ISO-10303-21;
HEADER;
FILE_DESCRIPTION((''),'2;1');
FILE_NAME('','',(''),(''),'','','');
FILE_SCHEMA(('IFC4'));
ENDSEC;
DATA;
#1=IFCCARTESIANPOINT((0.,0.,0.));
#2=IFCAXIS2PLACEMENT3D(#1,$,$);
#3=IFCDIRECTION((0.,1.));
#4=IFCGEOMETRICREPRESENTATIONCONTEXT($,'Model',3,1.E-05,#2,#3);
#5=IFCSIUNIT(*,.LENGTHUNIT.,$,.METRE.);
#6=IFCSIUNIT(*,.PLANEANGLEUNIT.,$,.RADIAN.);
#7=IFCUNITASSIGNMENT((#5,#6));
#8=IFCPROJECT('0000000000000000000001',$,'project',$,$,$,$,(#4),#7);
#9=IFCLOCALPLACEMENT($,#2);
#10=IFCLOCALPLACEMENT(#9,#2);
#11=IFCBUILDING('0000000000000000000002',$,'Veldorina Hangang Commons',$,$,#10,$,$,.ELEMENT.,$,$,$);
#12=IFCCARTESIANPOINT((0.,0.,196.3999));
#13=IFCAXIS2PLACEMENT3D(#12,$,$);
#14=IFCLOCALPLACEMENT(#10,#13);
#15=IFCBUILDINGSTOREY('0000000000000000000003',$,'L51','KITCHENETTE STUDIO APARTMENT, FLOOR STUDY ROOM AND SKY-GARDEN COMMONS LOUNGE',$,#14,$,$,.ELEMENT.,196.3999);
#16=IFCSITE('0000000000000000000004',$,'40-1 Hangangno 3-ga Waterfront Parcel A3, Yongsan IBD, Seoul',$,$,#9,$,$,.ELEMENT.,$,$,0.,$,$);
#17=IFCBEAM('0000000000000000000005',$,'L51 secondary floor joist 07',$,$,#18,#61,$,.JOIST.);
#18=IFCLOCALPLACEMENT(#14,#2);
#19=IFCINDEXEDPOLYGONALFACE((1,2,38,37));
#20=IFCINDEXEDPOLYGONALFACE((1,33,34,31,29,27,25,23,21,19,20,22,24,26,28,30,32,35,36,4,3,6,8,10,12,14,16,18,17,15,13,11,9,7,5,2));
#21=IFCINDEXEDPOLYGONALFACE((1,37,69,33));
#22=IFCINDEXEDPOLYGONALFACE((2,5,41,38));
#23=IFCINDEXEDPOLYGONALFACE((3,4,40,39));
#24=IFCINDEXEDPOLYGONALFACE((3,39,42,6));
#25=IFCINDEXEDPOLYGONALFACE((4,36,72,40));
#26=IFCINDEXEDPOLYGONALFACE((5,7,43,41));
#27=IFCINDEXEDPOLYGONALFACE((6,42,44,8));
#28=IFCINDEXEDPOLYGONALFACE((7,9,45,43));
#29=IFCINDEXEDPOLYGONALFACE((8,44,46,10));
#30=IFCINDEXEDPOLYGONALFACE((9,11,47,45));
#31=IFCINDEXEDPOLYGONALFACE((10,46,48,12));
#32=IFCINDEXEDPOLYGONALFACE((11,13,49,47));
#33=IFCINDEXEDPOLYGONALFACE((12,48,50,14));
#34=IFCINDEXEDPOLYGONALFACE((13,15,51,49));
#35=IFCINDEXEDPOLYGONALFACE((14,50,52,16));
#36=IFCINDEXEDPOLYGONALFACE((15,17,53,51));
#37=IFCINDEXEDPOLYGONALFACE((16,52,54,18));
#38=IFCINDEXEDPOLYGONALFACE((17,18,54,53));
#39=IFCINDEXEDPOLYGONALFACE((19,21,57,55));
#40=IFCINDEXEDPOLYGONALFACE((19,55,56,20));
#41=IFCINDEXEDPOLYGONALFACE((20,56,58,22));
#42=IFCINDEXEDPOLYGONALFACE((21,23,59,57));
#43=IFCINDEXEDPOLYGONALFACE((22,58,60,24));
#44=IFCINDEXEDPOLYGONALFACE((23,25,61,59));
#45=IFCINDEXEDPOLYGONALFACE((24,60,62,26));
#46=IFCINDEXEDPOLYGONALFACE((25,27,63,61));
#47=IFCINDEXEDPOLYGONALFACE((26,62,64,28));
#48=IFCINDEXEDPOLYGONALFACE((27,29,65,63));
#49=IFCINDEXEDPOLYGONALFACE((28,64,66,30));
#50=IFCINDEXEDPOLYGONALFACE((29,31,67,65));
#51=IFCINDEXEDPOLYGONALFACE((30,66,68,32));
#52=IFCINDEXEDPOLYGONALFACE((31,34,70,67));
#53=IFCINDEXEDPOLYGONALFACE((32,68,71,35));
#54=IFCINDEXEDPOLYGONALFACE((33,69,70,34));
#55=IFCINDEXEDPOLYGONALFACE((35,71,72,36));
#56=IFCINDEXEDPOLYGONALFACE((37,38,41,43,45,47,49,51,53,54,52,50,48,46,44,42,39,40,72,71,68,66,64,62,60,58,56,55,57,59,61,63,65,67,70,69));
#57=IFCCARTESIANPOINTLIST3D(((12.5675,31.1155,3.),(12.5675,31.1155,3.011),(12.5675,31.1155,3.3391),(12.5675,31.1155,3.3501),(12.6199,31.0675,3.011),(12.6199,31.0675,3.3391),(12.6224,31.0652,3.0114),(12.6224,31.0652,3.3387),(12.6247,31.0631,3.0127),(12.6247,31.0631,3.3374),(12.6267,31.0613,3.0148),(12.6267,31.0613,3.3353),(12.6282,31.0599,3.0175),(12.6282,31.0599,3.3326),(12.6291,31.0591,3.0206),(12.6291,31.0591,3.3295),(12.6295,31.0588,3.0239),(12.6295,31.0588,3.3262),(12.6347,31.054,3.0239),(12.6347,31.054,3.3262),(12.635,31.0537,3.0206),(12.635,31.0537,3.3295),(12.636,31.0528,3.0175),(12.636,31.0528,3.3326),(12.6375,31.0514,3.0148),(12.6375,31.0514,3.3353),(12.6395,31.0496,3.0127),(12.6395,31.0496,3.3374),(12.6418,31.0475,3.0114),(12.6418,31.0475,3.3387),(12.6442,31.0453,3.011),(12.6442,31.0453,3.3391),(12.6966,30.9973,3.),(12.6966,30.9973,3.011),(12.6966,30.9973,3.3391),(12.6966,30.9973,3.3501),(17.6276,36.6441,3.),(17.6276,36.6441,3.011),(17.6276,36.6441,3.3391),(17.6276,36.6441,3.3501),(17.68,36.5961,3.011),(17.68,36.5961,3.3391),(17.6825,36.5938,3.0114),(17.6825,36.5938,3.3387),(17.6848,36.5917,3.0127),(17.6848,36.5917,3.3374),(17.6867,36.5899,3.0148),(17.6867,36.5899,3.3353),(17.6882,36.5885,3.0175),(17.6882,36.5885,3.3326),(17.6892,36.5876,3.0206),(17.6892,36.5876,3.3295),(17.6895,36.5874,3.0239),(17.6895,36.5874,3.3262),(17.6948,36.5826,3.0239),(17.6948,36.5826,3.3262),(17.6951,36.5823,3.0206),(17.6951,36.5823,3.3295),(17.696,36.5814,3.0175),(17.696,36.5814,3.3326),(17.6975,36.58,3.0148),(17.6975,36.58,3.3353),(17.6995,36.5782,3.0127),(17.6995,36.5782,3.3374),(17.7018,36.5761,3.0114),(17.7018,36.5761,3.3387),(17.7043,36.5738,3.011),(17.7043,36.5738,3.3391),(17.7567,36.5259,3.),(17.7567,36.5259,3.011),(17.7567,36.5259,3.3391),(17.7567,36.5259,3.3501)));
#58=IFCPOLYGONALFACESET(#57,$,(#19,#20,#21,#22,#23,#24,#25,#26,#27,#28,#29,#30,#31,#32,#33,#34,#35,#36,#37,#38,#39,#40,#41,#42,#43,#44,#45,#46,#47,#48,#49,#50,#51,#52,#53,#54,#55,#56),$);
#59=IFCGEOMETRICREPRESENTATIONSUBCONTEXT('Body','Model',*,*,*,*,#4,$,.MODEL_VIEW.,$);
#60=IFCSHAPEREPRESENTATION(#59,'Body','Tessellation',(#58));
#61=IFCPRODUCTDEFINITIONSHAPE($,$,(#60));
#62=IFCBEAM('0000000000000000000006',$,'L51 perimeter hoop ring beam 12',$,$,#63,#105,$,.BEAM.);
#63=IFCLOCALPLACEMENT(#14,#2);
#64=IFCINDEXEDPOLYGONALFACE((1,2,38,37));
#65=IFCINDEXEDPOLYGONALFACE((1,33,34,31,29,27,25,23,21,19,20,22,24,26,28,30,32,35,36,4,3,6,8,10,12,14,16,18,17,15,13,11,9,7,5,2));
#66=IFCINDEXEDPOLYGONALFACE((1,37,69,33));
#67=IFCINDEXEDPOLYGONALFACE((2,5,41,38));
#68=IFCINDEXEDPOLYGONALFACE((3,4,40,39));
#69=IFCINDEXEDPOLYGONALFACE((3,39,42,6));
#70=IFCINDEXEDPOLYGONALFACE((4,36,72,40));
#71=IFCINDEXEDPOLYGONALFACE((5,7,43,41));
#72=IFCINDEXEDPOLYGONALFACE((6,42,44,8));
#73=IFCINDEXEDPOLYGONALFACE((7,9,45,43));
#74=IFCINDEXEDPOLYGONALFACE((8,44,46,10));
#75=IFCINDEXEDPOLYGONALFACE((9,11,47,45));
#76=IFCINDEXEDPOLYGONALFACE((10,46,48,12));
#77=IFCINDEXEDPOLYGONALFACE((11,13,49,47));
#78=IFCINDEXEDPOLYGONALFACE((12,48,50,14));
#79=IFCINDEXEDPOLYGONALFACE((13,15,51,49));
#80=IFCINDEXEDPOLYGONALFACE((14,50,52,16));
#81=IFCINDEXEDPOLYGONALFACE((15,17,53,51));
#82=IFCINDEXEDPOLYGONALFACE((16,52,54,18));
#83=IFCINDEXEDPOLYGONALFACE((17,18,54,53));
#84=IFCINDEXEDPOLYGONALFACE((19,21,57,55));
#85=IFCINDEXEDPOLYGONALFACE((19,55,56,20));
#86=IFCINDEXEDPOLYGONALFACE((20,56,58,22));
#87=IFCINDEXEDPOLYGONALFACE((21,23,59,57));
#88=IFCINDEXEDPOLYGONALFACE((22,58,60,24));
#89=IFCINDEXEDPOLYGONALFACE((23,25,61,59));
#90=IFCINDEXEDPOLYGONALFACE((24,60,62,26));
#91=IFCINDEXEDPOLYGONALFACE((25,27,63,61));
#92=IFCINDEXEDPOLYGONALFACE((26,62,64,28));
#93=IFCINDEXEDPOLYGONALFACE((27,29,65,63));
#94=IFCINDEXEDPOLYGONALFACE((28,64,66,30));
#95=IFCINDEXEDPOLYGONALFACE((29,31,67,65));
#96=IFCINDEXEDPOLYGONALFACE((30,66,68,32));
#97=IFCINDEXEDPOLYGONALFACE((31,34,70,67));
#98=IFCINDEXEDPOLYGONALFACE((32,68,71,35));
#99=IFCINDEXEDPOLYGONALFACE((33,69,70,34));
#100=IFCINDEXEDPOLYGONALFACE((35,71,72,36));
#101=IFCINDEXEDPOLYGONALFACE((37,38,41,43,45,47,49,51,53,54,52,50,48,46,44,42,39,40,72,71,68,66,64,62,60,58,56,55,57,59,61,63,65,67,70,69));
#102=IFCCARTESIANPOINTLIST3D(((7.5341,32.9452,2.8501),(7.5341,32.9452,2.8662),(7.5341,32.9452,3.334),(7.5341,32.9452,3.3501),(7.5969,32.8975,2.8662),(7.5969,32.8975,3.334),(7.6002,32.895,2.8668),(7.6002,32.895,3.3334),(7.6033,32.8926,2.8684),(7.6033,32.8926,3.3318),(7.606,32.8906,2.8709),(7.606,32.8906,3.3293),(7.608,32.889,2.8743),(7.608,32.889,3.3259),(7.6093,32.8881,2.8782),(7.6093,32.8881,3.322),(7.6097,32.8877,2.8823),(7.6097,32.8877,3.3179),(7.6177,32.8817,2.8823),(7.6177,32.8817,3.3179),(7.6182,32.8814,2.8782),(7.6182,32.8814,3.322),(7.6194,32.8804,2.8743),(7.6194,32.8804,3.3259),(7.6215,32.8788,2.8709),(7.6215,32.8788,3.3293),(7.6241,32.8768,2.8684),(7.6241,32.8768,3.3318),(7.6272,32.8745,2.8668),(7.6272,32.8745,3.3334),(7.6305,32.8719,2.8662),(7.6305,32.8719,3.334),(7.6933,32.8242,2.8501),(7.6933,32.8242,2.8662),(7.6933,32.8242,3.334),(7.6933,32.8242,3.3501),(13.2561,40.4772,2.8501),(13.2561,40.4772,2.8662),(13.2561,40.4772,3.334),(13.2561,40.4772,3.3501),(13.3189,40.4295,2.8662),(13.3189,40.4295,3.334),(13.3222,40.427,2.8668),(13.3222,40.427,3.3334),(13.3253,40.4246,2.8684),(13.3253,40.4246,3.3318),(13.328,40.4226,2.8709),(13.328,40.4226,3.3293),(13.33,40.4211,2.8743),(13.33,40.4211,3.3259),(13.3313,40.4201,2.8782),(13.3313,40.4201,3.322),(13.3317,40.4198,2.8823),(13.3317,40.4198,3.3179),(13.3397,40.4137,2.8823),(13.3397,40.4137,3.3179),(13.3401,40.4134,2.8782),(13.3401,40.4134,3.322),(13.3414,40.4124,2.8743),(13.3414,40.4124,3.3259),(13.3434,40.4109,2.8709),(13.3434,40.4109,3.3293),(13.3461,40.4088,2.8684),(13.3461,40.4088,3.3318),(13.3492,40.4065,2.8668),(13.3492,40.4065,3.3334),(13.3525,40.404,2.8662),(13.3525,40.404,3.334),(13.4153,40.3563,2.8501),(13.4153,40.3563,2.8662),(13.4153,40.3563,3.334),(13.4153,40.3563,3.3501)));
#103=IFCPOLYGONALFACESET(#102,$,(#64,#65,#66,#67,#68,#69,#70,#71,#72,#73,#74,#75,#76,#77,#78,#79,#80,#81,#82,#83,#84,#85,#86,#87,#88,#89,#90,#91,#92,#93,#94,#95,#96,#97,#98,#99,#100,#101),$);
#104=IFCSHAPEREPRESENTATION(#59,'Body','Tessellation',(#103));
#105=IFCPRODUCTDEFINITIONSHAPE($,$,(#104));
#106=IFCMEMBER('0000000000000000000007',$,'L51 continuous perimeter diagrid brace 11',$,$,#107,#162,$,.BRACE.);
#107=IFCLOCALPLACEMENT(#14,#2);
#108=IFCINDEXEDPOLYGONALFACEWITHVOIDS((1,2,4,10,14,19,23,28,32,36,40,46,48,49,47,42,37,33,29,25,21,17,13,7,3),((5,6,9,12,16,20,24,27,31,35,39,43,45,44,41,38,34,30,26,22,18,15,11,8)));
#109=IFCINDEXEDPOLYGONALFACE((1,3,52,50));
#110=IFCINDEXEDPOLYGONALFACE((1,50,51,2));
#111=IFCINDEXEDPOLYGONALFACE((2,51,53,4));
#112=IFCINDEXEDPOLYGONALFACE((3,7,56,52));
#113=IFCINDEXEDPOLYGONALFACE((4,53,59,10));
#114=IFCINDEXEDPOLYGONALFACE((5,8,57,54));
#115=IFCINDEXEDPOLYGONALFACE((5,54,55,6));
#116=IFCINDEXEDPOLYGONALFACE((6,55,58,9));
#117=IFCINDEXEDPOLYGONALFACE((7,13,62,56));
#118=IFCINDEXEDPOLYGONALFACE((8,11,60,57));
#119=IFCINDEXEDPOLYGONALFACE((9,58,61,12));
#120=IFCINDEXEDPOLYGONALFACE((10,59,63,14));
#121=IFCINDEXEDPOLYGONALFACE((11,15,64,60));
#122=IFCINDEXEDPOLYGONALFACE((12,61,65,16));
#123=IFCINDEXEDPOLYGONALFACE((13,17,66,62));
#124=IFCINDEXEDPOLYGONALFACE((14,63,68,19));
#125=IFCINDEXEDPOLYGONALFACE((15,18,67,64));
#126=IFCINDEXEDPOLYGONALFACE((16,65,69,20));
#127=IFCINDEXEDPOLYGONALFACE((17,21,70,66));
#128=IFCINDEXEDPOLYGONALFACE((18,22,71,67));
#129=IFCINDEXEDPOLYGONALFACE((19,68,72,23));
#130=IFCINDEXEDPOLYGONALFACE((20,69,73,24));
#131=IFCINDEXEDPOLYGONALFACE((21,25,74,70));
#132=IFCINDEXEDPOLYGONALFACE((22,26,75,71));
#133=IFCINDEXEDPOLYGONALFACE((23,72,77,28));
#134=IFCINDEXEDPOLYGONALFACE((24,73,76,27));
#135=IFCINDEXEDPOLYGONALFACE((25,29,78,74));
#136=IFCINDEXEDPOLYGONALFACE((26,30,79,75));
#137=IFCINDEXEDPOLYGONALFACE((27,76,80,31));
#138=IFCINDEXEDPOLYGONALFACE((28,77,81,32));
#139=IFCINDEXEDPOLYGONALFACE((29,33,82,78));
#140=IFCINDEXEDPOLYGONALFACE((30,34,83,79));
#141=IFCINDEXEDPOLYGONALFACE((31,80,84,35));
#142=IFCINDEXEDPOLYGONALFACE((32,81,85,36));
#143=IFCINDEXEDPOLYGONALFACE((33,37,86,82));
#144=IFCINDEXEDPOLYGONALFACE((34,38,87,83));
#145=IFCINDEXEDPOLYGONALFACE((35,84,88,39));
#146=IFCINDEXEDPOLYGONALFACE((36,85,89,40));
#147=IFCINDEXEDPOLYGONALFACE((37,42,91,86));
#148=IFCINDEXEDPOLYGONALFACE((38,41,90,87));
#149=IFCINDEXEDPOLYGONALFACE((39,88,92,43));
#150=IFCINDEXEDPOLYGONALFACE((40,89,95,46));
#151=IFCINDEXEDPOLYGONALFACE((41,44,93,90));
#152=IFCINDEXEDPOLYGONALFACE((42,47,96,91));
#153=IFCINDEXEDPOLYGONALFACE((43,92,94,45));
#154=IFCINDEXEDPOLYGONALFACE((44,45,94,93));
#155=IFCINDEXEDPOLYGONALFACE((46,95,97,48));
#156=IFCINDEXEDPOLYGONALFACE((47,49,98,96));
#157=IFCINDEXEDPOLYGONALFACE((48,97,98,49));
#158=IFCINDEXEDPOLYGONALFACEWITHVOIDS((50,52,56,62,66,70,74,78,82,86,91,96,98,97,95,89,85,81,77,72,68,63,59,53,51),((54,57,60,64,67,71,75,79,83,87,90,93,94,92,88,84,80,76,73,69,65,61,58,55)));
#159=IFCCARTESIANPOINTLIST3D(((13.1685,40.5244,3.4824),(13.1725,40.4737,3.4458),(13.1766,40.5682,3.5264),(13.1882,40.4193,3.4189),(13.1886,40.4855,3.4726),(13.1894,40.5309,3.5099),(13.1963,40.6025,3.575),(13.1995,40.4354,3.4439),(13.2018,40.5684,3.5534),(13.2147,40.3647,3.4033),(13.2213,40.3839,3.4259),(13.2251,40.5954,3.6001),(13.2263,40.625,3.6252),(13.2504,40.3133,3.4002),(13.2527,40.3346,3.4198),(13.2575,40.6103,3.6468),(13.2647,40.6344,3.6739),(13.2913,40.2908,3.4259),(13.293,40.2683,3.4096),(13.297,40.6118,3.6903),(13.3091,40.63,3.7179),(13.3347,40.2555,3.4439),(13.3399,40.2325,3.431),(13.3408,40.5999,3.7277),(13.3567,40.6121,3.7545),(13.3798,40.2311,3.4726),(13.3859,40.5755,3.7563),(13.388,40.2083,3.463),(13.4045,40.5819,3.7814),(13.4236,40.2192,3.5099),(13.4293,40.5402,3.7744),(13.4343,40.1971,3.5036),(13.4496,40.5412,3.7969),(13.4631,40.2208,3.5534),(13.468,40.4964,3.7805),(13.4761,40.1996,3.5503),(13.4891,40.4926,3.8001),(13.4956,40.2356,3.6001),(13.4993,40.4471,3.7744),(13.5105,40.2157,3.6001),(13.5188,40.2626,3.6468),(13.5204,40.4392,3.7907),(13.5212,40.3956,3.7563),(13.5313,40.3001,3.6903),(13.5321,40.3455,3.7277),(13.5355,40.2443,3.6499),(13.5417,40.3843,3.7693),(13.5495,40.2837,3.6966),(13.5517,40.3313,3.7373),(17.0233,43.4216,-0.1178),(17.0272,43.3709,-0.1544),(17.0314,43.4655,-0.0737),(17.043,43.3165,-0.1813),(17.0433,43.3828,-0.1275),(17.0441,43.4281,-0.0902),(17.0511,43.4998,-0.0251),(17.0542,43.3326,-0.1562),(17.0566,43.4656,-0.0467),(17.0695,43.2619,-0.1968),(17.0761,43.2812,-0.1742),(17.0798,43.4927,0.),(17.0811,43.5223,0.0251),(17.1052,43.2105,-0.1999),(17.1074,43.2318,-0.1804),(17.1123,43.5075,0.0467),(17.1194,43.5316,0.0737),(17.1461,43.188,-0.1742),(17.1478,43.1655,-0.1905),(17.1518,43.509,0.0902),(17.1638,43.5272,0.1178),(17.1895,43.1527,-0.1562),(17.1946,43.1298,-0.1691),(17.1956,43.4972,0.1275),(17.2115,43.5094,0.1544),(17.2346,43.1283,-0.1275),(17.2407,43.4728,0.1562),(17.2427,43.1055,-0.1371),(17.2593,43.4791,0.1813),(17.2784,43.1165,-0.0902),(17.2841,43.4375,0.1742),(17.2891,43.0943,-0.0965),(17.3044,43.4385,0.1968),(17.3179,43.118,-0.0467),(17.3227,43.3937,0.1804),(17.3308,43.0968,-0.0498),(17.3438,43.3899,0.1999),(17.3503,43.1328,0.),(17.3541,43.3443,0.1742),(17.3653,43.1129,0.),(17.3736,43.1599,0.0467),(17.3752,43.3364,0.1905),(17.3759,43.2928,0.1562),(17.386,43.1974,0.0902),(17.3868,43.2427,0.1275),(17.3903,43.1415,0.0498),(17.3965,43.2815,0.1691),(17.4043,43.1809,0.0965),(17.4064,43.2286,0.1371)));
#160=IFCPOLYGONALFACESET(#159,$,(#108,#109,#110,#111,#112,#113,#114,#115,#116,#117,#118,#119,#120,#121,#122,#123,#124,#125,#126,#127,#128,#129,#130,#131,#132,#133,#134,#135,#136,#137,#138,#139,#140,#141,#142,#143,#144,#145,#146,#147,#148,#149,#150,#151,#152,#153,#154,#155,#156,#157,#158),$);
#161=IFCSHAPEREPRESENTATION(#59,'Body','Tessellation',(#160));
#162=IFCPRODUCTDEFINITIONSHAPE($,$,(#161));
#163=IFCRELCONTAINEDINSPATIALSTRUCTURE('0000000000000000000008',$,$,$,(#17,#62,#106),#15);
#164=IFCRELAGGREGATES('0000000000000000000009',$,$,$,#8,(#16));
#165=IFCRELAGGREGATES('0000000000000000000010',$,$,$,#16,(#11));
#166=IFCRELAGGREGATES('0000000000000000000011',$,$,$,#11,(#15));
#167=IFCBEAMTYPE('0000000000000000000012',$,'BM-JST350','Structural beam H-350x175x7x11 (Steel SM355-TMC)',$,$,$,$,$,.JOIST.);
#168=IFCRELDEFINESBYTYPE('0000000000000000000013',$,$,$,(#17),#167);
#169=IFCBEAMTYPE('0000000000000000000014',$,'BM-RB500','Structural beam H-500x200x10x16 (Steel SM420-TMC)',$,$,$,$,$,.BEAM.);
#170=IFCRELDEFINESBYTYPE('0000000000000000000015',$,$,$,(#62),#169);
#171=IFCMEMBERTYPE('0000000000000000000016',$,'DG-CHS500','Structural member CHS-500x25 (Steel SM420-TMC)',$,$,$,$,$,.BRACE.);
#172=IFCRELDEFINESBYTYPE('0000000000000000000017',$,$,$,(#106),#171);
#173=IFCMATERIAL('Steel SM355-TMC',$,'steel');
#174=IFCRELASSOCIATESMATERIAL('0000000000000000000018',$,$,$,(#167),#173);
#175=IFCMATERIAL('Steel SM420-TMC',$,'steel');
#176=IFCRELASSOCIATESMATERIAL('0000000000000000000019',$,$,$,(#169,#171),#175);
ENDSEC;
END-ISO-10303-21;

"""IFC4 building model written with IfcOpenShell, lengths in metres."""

from ifc_helpers import new_model, si_unit, direction, frame, origin, origin_2d, place, context, subcontext, project, spatial, hollow_circle, i_section, extrude, material, material_profile, profile_set, type_object, element, save


model = new_model("IFC4")

# Units and contexts
model_context = context("Model", 3, precision=1e-05, world=origin(), true_north=direction((0.0, 1.0)))
body_context = subcontext(model_context, "Body", "Model", "MODEL_VIEW")
ifc_project = project(units=[si_unit("LENGTHUNIT", "METRE"), si_unit("PLANEANGLEUNIT", "RADIAN")], contexts=[model_context])

# Site, building, storey
site_placement = place(None, origin())
site = spatial("IfcSite", under=ifc_project, at=site_placement, Name="40-1 Hangangno 3-ga Waterfront Parcel A3, Yongsan IBD, Seoul", CompositionType="ELEMENT", RefElevation=0.0)
building_placement = place(site_placement, origin())
building = spatial("IfcBuilding", under=site, at=building_placement, Name="Veldorina Hangang Commons", CompositionType="ELEMENT")
storey_placement = place(building_placement, frame((0.0, 0.0, 196.3999)))
storey = spatial("IfcBuildingStorey", under=building, at=storey_placement, Name="L51", Description="KITCHENETTE STUDIO APARTMENT, FLOOR STUDY ROOM AND SKY-GARDEN COMMONS LOUNGE", CompositionType="ELEMENT", Elevation=196.3999)

# Beams
ifc_material_1 = material(Name="Steel SM355-TMC", Category="steel")
ifc_material_profile_1 = material_profile(ifc_material_1, i_section(OverallWidth=0.175, OverallDepth=0.3501, WebThickness=0.0071, FlangeThickness=0.011, FilletRadius=0.0129, at=origin_2d()), Name="H-350x175x7x11")
ifc_profile_set_1 = profile_set([ifc_material_profile_1], Name="Steel SM355-TMC")
beam_type_1 = type_object("IfcBeamType", Name="BM-JST350", Description="Structural beam H-350x175x7x11 (Steel SM355-TMC)", PredefinedType="JOIST", material=ifc_profile_set_1)
beam_1_placement = place(storey_placement, frame((17.6921, 36.585, 3.175), z_axis=(-0.675159, -0.737672, 0.0), x_axis=(0.737672, -0.675159, 0.0)))
element("IfcBeam", 1, at=beam_1_placement, inside=storey, type_object=beam_type_1, Name="L51 secondary floor joist 07", PredefinedType="JOIST", context=body_context, shape_type="SweptSolid", body=[
    extrude(i_section(OverallWidth=0.175, OverallDepth=0.3501, WebThickness=0.0071, FlangeThickness=0.011, FilletRadius=0.0129, at=origin_2d()), origin(), (0.0, 0.0, 1.0), 7.4946),
])
ifc_material_2 = material(Name="Steel SM420-TMC", Category="steel")
ifc_material_profile_2 = material_profile(ifc_material_2, i_section(OverallWidth=0.2, OverallDepth=0.5, WebThickness=0.01, FlangeThickness=0.0161, FilletRadius=0.0161, at=origin_2d()), Name="H-500x200x10x16")
ifc_profile_set_2 = profile_set([ifc_material_profile_2], Name="Steel SM420-TMC")
beam_type_2 = type_object("IfcBeamType", Name="BM-RB500", Description="Structural beam H-500x200x10x16 (Steel SM420-TMC)", PredefinedType="BEAM", material=ifc_profile_set_2)
beam_2_placement = place(storey_placement, frame((13.3357, 40.4167, 3.1001), z_axis=(-0.604924, -0.796284, 0.0), x_axis=(0.796284, -0.604924, 0.0)))
element("IfcBeam", 2, at=beam_2_placement, inside=storey, type_object=beam_type_2, Name="L51 perimeter hoop ring beam 12", PredefinedType="BEAM", context=body_context, shape_type="SweptSolid", body=[
    extrude(i_section(OverallWidth=0.2, OverallDepth=0.5, WebThickness=0.01, FlangeThickness=0.0161, FilletRadius=0.0161, at=origin_2d()), origin(), (0.0, 0.0, 1.0), 9.459),
])

# Member
ifc_material_profile_3 = material_profile(ifc_material_2, hollow_circle(Radius=0.25, WallThickness=0.0249, at=origin_2d()), Name="CHS-500x25")
ifc_profile_set_3 = profile_set([ifc_material_profile_3], Name="Steel SM420-TMC")
member_type_1 = type_object("IfcMemberType", Name="DG-CHS500", Description="Structural member CHS-500x25 (Steel SM420-TMC)", PredefinedType="BRACE", material=ifc_profile_set_3)
member_1_placement = place(storey_placement, frame((17.2151, 43.3127, 0.0), z_axis=(-0.640559, -0.481444, 0.598244), x_axis=(0.600818, -0.799386, 0.0)))
element("IfcMember", 3, at=member_1_placement, inside=storey, type_object=member_type_1, Name="L51 continuous perimeter diagrid brace 11", PredefinedType="BRACE", context=body_context, shape_type="SweptSolid", body=[
    extrude(hollow_circle(Radius=0.25, WallThickness=0.0249, at=origin_2d()), origin(), (0.0, 0.0, 1.0), 6.0178),
])

save(model, "model.ifc")
